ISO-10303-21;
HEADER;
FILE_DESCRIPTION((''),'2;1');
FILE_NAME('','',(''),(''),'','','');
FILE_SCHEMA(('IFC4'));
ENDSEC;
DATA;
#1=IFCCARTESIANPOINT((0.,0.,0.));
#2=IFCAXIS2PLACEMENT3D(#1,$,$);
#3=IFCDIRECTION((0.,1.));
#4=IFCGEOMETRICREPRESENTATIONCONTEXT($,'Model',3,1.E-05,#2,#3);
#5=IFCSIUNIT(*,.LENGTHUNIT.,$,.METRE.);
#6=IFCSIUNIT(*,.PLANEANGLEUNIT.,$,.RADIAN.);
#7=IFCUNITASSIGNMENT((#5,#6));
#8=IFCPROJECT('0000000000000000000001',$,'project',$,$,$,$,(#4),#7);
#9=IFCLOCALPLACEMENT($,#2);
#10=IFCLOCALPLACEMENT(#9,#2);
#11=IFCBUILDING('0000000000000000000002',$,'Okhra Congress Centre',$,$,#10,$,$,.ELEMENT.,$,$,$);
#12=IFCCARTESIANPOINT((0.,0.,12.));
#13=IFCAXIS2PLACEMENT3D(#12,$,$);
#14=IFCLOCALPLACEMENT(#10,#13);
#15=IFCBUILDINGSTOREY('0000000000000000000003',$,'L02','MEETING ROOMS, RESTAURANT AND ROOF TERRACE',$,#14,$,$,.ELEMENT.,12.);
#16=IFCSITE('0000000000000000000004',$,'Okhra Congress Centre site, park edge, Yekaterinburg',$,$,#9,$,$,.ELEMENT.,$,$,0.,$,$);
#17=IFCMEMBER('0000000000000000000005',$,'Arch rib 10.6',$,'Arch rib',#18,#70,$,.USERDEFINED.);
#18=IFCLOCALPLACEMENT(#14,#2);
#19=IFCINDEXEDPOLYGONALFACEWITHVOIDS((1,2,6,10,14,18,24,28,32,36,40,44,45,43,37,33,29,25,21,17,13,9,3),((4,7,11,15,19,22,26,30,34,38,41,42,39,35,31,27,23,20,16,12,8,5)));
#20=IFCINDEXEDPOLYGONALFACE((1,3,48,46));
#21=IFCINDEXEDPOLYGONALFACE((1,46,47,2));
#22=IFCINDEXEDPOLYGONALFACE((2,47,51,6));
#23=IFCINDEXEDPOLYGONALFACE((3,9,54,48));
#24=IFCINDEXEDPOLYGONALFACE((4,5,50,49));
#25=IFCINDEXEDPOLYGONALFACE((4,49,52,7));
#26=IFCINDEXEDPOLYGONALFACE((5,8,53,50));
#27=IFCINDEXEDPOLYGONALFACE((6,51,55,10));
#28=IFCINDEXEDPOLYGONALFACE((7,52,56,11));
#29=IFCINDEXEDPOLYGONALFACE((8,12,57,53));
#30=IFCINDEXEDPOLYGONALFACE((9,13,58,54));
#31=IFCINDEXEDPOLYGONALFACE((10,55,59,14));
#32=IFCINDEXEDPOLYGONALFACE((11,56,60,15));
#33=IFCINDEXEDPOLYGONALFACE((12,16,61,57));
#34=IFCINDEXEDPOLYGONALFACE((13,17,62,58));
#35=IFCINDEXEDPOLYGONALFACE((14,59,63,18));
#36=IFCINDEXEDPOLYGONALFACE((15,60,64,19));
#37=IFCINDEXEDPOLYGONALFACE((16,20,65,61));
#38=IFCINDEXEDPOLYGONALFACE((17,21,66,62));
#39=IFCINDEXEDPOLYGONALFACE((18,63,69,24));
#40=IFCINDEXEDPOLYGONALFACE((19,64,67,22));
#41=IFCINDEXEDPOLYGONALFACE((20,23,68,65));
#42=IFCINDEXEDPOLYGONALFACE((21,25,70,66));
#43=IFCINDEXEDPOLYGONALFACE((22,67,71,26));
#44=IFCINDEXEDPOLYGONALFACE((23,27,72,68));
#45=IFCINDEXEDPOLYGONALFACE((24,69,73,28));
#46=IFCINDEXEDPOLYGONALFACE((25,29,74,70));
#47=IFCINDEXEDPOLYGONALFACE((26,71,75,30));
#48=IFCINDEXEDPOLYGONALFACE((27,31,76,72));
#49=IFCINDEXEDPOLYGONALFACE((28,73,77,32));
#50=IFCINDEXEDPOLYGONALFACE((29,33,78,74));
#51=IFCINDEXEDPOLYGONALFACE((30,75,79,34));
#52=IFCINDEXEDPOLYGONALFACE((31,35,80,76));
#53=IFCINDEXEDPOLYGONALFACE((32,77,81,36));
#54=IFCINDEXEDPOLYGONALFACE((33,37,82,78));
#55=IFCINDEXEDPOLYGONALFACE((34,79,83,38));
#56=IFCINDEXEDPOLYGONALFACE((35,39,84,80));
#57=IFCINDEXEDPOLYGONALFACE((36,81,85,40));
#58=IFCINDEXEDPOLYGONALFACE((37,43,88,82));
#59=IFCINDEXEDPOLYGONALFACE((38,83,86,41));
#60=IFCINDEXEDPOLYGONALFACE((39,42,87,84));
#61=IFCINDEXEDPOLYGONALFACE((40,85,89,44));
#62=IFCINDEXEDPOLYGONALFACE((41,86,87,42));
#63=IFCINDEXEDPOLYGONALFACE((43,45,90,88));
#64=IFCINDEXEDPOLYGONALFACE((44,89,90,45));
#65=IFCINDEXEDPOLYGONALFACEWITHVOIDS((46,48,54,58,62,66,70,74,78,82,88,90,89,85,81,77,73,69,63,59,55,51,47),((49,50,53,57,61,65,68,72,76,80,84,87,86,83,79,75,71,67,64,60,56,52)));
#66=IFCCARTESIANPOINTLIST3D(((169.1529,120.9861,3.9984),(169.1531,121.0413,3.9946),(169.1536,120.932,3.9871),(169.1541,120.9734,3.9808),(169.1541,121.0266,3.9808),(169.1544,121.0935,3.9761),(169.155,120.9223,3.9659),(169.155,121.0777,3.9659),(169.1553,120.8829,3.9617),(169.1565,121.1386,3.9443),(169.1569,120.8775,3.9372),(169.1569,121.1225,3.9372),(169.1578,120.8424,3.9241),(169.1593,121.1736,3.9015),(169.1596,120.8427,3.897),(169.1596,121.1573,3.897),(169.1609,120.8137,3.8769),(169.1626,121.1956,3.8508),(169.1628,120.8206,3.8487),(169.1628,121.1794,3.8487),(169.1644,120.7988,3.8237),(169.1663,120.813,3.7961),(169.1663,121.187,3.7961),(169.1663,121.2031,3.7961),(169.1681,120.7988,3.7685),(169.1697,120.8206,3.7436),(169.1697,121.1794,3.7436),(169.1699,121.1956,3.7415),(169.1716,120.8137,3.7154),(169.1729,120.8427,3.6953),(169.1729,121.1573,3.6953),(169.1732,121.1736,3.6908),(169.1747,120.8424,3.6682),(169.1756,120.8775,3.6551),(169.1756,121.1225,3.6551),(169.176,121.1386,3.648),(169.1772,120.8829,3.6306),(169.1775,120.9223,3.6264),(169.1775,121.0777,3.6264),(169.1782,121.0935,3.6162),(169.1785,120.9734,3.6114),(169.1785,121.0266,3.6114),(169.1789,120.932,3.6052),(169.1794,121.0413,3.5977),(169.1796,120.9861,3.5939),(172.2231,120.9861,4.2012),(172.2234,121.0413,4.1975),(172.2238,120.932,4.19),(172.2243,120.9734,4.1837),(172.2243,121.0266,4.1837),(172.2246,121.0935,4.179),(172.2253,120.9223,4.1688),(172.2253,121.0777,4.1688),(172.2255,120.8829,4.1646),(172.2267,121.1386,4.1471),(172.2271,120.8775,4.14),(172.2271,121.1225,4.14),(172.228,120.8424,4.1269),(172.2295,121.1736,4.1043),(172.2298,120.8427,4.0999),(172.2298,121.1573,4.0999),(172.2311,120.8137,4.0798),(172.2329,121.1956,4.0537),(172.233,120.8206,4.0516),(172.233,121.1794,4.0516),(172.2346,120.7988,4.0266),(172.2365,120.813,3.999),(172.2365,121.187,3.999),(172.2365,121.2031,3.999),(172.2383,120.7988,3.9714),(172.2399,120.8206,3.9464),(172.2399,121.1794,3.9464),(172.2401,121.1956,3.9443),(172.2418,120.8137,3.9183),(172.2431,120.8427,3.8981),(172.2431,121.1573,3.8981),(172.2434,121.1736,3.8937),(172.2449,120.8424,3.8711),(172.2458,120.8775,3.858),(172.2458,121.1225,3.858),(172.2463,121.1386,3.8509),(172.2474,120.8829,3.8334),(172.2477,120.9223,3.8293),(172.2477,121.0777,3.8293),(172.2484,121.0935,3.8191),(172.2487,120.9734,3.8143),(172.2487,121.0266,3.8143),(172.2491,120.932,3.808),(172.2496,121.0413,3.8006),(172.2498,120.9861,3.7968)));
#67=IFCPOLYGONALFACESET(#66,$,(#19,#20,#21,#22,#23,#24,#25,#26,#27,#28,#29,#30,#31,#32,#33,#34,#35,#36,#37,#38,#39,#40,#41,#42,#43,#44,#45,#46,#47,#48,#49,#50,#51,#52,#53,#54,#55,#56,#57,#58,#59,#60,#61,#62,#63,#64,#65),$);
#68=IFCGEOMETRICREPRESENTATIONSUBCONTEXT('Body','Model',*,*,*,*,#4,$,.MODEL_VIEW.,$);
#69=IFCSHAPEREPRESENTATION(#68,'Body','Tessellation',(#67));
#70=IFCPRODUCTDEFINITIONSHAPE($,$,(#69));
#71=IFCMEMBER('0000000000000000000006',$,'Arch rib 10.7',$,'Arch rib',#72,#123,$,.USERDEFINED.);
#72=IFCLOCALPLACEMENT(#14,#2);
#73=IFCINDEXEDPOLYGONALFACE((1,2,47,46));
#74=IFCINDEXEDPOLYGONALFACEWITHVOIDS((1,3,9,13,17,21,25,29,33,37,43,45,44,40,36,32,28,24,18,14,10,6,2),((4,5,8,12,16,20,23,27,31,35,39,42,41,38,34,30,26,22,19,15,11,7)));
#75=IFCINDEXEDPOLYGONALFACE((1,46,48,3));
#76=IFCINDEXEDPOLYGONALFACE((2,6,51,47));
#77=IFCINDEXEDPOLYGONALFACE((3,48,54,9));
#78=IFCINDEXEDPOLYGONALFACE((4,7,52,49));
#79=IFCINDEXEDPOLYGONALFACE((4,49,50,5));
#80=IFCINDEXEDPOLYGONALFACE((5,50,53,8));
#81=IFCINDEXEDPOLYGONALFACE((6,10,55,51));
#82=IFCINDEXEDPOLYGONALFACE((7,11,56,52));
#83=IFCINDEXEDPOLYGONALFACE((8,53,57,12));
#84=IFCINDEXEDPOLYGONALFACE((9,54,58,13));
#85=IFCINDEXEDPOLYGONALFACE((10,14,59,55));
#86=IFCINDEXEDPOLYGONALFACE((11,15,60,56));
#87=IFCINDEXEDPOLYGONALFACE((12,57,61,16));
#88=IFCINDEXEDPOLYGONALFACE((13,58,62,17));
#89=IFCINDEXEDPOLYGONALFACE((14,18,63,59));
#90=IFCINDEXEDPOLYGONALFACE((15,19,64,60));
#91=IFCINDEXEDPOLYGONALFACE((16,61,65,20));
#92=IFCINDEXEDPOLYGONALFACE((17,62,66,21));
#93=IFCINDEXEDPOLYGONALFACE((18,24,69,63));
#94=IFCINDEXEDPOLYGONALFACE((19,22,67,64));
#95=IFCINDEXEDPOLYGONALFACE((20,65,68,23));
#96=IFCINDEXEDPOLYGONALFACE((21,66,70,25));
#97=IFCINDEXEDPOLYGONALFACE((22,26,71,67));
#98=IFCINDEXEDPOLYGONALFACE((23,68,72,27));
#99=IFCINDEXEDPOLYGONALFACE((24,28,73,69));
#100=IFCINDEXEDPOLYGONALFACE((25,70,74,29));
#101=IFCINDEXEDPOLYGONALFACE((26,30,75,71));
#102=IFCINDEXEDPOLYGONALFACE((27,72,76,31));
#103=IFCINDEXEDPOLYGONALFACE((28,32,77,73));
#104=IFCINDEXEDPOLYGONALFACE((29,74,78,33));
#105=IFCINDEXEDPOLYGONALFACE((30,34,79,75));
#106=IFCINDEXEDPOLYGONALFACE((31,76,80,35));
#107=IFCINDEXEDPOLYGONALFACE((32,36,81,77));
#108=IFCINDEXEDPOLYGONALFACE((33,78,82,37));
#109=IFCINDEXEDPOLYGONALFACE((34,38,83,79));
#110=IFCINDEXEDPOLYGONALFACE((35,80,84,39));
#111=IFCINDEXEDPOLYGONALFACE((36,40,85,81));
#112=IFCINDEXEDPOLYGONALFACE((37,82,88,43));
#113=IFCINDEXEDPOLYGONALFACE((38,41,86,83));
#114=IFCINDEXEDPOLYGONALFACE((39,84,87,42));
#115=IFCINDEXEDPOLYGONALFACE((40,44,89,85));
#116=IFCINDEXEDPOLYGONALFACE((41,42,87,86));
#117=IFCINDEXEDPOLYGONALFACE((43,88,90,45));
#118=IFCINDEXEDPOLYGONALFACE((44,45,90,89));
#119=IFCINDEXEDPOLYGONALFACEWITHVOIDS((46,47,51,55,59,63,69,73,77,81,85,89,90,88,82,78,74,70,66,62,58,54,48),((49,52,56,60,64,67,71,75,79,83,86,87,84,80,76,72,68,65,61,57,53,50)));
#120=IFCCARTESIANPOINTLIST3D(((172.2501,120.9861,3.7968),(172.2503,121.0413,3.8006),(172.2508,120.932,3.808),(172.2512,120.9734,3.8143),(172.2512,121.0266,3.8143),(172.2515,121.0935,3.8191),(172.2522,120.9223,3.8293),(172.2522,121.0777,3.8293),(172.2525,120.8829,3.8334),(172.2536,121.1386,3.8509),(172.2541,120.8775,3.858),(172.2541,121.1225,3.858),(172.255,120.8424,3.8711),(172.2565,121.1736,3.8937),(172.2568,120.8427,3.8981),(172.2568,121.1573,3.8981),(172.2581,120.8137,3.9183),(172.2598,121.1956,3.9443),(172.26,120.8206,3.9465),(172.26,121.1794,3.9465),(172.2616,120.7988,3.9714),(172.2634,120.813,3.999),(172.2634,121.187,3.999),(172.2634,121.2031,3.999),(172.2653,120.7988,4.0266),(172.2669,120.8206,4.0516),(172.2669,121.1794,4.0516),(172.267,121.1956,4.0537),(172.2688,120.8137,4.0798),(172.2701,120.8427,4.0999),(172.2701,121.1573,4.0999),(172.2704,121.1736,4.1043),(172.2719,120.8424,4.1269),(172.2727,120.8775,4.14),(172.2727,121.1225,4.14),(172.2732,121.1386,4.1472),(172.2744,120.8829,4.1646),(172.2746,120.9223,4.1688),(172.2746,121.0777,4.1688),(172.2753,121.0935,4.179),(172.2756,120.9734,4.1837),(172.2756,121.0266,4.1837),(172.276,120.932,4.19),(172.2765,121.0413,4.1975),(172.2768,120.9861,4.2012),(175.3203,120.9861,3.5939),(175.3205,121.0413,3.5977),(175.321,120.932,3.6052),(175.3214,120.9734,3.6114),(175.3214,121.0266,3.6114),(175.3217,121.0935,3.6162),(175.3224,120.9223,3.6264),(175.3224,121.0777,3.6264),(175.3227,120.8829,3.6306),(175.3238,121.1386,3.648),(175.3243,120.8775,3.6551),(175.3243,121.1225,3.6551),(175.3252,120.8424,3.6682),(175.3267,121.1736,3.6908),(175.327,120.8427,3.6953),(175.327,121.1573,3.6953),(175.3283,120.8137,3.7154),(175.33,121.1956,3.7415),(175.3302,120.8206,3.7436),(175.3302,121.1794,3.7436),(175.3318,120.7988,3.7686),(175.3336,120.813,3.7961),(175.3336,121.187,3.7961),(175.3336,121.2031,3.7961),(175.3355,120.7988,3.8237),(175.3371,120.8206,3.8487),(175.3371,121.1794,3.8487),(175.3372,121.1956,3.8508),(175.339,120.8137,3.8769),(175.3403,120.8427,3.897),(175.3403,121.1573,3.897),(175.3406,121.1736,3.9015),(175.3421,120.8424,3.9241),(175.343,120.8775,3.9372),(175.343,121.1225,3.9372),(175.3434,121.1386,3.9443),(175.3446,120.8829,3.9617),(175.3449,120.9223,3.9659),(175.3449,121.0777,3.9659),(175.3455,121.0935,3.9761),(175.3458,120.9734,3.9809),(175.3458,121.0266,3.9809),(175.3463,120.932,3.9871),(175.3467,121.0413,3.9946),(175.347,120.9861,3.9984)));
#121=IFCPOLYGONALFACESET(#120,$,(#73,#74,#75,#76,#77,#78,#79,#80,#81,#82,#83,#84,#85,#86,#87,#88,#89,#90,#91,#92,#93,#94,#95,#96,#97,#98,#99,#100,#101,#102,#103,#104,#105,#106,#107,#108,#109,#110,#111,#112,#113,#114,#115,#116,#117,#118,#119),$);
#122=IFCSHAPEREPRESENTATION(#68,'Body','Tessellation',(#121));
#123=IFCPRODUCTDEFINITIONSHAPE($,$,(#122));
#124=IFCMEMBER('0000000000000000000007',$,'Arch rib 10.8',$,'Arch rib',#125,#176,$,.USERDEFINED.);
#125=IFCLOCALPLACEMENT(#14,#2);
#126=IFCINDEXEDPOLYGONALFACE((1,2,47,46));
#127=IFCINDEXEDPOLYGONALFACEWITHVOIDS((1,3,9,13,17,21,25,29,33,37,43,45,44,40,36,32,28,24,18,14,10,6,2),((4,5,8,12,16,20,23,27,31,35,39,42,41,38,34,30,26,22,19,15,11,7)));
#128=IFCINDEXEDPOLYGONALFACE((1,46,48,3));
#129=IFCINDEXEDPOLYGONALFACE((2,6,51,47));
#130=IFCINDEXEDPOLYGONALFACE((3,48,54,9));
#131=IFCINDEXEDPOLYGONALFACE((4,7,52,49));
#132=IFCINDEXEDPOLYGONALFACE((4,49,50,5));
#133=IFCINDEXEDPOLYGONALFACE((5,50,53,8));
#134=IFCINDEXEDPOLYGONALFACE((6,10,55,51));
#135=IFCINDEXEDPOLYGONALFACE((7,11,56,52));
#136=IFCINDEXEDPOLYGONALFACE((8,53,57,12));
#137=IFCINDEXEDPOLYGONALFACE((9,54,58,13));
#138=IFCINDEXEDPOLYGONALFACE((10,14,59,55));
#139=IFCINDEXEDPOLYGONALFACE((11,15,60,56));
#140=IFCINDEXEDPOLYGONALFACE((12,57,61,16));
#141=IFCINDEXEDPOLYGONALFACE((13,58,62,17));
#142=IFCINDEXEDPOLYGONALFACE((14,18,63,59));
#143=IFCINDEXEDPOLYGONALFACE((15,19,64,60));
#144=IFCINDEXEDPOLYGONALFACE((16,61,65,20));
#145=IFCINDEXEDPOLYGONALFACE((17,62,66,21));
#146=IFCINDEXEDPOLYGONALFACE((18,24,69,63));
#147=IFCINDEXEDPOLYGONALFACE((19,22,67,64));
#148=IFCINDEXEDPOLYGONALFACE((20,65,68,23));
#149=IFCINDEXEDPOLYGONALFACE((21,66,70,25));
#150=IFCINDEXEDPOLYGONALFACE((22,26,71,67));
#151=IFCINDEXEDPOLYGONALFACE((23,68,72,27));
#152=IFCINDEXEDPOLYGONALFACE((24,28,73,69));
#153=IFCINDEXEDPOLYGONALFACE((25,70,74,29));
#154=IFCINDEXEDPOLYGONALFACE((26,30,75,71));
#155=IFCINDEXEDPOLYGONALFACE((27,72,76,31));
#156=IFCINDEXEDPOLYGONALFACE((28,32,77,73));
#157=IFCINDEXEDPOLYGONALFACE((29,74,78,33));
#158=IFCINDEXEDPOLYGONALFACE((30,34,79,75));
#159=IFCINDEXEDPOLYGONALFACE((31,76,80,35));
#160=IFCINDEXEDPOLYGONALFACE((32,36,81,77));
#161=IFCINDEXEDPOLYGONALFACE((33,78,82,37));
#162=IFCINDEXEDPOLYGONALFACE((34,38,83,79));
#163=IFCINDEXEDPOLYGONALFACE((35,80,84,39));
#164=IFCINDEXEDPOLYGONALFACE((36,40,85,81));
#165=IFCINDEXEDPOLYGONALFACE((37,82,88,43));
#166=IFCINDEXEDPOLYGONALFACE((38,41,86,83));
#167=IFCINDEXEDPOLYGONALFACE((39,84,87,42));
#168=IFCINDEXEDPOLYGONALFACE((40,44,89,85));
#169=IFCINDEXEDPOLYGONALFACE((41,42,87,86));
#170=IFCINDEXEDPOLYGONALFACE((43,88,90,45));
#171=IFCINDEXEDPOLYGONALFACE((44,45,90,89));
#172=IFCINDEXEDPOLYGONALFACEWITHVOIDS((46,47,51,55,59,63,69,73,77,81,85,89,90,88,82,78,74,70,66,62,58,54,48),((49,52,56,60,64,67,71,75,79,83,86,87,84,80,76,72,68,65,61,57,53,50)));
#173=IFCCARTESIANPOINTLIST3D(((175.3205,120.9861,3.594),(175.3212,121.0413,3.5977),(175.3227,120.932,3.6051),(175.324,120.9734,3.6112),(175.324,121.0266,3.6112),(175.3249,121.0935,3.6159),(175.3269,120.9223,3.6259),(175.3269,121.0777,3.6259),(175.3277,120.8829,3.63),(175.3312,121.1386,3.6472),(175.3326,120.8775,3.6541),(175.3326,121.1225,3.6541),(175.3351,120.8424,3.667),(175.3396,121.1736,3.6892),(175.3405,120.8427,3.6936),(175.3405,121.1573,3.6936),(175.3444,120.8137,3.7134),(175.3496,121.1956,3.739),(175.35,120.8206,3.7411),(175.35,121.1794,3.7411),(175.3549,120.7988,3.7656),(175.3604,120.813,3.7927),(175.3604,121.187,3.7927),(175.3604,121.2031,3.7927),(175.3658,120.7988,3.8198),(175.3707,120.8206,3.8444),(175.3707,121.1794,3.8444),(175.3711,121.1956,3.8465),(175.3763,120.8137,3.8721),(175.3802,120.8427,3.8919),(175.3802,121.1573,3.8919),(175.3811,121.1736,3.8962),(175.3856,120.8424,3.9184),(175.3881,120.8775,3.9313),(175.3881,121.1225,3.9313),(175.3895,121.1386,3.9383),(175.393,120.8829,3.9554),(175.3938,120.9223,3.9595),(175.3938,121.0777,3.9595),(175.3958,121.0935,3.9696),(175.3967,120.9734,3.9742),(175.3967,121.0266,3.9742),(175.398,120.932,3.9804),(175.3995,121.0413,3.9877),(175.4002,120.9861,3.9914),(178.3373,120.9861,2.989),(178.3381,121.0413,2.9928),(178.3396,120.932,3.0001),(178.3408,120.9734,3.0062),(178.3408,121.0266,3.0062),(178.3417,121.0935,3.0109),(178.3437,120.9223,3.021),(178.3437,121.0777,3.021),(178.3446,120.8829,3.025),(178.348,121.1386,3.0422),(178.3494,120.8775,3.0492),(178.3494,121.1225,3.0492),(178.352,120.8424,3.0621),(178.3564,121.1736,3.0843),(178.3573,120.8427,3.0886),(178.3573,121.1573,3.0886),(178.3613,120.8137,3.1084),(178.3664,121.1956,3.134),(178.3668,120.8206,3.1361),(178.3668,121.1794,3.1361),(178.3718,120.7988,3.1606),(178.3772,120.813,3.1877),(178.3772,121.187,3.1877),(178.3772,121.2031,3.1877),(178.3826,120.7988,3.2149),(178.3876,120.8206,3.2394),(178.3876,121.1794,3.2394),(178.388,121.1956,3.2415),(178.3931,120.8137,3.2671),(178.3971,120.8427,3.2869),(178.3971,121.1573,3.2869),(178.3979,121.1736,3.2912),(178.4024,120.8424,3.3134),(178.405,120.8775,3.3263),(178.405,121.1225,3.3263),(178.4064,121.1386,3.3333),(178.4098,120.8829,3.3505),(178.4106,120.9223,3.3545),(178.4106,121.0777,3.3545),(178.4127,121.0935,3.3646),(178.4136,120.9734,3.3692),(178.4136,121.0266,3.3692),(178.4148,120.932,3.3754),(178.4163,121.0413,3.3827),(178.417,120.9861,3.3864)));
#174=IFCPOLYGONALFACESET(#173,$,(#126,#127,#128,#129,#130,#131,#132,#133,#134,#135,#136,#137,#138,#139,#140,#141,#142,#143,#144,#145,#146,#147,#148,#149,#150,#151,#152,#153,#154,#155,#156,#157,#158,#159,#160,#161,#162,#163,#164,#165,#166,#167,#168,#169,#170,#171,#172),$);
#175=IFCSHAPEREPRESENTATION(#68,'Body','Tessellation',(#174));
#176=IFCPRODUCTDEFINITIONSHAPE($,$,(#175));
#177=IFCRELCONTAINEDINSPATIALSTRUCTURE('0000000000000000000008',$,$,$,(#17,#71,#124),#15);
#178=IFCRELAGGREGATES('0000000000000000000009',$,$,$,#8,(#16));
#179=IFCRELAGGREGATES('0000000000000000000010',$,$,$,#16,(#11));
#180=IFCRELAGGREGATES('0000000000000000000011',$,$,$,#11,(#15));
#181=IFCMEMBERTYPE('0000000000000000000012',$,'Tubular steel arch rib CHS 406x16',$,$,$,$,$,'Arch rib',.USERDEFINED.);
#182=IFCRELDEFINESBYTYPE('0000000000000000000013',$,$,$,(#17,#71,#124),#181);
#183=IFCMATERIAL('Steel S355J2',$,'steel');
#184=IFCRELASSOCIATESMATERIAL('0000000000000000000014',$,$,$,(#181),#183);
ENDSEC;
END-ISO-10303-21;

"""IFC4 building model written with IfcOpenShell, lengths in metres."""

from ifc_helpers import new_model, si_unit, direction, frame, origin, origin_2d, place, context, subcontext, project, spatial, hollow_circle, extrude, material, material_profile, profile_set, type_object, element, save


model = new_model("IFC4")

# Units and contexts
model_context = context("Model", 3, precision=1e-05, world=origin(), true_north=direction((0.0, 1.0)))
body_context = subcontext(model_context, "Body", "Model", "MODEL_VIEW")
ifc_project = project(units=[si_unit("LENGTHUNIT", "METRE"), si_unit("PLANEANGLEUNIT", "RADIAN")], contexts=[model_context])

# Site, building, storey
site_placement = place(None, origin())
site = spatial("IfcSite", under=ifc_project, at=site_placement, Name="Okhra Congress Centre site, park edge, Yekaterinburg", CompositionType="ELEMENT", RefElevation=0.0)
building_placement = place(site_placement, origin())
building = spatial("IfcBuilding", under=site, at=building_placement, Name="Okhra Congress Centre", CompositionType="ELEMENT")
storey_placement = place(building_placement, frame((0.0, 0.0, 12.0)))
storey = spatial("IfcBuildingStorey", under=building, at=storey_placement, Name="L02", Description="MEETING ROOMS, RESTAURANT AND ROOF TERRACE", CompositionType="ELEMENT", Elevation=12.0)

# Members
ifc_material_1 = material(Name="Steel S355J2", Category="steel")
ifc_material_profile_1 = material_profile(ifc_material_1, hollow_circle(Radius=0.2031, WallThickness=0.0161, at=origin_2d()), Name="CHS 406.4x16")
ifc_profile_set_1 = profile_set([ifc_material_profile_1], Name="Steel S355J2")
member_type_1 = type_object("IfcMemberType", Name="Tubular steel arch rib CHS 406x16", ElementType="Arch rib", PredefinedType="USERDEFINED", material=ifc_profile_set_1)
for number, where, z_axis, x_axis, name in (
    (1, (169.1663, 121.0, 3.7961), (0.997824, 0.0, 0.065934), (0.0, 1.0, 0.0), "Arch rib 10.6"),
    (2, (172.2634, 121.0, 3.999), (0.997824, 0.0, -0.065934), (0.0, 1.0, 0.0), "Arch rib 10.7"),
    (3, (175.3604, 121.0, 3.7927), (0.98048, 0.0, -0.19662), (0.0, 1.0, 0.0), "Arch rib 10.8"),
):
    element("IfcMember", number, at=place(storey_placement, frame(where, z_axis=z_axis, x_axis=x_axis)), inside=storey, type_object=member_type_1, Name=name, ObjectType="Arch rib", PredefinedType="USERDEFINED", context=body_context, shape_type="SweptSolid", body=[
        extrude(hollow_circle(Radius=0.2031, WallThickness=0.0161, at=origin_2d()), origin(), (0.0, 0.0, 1.0), 3.0769),
    ])

save(model, "model.ifc")
